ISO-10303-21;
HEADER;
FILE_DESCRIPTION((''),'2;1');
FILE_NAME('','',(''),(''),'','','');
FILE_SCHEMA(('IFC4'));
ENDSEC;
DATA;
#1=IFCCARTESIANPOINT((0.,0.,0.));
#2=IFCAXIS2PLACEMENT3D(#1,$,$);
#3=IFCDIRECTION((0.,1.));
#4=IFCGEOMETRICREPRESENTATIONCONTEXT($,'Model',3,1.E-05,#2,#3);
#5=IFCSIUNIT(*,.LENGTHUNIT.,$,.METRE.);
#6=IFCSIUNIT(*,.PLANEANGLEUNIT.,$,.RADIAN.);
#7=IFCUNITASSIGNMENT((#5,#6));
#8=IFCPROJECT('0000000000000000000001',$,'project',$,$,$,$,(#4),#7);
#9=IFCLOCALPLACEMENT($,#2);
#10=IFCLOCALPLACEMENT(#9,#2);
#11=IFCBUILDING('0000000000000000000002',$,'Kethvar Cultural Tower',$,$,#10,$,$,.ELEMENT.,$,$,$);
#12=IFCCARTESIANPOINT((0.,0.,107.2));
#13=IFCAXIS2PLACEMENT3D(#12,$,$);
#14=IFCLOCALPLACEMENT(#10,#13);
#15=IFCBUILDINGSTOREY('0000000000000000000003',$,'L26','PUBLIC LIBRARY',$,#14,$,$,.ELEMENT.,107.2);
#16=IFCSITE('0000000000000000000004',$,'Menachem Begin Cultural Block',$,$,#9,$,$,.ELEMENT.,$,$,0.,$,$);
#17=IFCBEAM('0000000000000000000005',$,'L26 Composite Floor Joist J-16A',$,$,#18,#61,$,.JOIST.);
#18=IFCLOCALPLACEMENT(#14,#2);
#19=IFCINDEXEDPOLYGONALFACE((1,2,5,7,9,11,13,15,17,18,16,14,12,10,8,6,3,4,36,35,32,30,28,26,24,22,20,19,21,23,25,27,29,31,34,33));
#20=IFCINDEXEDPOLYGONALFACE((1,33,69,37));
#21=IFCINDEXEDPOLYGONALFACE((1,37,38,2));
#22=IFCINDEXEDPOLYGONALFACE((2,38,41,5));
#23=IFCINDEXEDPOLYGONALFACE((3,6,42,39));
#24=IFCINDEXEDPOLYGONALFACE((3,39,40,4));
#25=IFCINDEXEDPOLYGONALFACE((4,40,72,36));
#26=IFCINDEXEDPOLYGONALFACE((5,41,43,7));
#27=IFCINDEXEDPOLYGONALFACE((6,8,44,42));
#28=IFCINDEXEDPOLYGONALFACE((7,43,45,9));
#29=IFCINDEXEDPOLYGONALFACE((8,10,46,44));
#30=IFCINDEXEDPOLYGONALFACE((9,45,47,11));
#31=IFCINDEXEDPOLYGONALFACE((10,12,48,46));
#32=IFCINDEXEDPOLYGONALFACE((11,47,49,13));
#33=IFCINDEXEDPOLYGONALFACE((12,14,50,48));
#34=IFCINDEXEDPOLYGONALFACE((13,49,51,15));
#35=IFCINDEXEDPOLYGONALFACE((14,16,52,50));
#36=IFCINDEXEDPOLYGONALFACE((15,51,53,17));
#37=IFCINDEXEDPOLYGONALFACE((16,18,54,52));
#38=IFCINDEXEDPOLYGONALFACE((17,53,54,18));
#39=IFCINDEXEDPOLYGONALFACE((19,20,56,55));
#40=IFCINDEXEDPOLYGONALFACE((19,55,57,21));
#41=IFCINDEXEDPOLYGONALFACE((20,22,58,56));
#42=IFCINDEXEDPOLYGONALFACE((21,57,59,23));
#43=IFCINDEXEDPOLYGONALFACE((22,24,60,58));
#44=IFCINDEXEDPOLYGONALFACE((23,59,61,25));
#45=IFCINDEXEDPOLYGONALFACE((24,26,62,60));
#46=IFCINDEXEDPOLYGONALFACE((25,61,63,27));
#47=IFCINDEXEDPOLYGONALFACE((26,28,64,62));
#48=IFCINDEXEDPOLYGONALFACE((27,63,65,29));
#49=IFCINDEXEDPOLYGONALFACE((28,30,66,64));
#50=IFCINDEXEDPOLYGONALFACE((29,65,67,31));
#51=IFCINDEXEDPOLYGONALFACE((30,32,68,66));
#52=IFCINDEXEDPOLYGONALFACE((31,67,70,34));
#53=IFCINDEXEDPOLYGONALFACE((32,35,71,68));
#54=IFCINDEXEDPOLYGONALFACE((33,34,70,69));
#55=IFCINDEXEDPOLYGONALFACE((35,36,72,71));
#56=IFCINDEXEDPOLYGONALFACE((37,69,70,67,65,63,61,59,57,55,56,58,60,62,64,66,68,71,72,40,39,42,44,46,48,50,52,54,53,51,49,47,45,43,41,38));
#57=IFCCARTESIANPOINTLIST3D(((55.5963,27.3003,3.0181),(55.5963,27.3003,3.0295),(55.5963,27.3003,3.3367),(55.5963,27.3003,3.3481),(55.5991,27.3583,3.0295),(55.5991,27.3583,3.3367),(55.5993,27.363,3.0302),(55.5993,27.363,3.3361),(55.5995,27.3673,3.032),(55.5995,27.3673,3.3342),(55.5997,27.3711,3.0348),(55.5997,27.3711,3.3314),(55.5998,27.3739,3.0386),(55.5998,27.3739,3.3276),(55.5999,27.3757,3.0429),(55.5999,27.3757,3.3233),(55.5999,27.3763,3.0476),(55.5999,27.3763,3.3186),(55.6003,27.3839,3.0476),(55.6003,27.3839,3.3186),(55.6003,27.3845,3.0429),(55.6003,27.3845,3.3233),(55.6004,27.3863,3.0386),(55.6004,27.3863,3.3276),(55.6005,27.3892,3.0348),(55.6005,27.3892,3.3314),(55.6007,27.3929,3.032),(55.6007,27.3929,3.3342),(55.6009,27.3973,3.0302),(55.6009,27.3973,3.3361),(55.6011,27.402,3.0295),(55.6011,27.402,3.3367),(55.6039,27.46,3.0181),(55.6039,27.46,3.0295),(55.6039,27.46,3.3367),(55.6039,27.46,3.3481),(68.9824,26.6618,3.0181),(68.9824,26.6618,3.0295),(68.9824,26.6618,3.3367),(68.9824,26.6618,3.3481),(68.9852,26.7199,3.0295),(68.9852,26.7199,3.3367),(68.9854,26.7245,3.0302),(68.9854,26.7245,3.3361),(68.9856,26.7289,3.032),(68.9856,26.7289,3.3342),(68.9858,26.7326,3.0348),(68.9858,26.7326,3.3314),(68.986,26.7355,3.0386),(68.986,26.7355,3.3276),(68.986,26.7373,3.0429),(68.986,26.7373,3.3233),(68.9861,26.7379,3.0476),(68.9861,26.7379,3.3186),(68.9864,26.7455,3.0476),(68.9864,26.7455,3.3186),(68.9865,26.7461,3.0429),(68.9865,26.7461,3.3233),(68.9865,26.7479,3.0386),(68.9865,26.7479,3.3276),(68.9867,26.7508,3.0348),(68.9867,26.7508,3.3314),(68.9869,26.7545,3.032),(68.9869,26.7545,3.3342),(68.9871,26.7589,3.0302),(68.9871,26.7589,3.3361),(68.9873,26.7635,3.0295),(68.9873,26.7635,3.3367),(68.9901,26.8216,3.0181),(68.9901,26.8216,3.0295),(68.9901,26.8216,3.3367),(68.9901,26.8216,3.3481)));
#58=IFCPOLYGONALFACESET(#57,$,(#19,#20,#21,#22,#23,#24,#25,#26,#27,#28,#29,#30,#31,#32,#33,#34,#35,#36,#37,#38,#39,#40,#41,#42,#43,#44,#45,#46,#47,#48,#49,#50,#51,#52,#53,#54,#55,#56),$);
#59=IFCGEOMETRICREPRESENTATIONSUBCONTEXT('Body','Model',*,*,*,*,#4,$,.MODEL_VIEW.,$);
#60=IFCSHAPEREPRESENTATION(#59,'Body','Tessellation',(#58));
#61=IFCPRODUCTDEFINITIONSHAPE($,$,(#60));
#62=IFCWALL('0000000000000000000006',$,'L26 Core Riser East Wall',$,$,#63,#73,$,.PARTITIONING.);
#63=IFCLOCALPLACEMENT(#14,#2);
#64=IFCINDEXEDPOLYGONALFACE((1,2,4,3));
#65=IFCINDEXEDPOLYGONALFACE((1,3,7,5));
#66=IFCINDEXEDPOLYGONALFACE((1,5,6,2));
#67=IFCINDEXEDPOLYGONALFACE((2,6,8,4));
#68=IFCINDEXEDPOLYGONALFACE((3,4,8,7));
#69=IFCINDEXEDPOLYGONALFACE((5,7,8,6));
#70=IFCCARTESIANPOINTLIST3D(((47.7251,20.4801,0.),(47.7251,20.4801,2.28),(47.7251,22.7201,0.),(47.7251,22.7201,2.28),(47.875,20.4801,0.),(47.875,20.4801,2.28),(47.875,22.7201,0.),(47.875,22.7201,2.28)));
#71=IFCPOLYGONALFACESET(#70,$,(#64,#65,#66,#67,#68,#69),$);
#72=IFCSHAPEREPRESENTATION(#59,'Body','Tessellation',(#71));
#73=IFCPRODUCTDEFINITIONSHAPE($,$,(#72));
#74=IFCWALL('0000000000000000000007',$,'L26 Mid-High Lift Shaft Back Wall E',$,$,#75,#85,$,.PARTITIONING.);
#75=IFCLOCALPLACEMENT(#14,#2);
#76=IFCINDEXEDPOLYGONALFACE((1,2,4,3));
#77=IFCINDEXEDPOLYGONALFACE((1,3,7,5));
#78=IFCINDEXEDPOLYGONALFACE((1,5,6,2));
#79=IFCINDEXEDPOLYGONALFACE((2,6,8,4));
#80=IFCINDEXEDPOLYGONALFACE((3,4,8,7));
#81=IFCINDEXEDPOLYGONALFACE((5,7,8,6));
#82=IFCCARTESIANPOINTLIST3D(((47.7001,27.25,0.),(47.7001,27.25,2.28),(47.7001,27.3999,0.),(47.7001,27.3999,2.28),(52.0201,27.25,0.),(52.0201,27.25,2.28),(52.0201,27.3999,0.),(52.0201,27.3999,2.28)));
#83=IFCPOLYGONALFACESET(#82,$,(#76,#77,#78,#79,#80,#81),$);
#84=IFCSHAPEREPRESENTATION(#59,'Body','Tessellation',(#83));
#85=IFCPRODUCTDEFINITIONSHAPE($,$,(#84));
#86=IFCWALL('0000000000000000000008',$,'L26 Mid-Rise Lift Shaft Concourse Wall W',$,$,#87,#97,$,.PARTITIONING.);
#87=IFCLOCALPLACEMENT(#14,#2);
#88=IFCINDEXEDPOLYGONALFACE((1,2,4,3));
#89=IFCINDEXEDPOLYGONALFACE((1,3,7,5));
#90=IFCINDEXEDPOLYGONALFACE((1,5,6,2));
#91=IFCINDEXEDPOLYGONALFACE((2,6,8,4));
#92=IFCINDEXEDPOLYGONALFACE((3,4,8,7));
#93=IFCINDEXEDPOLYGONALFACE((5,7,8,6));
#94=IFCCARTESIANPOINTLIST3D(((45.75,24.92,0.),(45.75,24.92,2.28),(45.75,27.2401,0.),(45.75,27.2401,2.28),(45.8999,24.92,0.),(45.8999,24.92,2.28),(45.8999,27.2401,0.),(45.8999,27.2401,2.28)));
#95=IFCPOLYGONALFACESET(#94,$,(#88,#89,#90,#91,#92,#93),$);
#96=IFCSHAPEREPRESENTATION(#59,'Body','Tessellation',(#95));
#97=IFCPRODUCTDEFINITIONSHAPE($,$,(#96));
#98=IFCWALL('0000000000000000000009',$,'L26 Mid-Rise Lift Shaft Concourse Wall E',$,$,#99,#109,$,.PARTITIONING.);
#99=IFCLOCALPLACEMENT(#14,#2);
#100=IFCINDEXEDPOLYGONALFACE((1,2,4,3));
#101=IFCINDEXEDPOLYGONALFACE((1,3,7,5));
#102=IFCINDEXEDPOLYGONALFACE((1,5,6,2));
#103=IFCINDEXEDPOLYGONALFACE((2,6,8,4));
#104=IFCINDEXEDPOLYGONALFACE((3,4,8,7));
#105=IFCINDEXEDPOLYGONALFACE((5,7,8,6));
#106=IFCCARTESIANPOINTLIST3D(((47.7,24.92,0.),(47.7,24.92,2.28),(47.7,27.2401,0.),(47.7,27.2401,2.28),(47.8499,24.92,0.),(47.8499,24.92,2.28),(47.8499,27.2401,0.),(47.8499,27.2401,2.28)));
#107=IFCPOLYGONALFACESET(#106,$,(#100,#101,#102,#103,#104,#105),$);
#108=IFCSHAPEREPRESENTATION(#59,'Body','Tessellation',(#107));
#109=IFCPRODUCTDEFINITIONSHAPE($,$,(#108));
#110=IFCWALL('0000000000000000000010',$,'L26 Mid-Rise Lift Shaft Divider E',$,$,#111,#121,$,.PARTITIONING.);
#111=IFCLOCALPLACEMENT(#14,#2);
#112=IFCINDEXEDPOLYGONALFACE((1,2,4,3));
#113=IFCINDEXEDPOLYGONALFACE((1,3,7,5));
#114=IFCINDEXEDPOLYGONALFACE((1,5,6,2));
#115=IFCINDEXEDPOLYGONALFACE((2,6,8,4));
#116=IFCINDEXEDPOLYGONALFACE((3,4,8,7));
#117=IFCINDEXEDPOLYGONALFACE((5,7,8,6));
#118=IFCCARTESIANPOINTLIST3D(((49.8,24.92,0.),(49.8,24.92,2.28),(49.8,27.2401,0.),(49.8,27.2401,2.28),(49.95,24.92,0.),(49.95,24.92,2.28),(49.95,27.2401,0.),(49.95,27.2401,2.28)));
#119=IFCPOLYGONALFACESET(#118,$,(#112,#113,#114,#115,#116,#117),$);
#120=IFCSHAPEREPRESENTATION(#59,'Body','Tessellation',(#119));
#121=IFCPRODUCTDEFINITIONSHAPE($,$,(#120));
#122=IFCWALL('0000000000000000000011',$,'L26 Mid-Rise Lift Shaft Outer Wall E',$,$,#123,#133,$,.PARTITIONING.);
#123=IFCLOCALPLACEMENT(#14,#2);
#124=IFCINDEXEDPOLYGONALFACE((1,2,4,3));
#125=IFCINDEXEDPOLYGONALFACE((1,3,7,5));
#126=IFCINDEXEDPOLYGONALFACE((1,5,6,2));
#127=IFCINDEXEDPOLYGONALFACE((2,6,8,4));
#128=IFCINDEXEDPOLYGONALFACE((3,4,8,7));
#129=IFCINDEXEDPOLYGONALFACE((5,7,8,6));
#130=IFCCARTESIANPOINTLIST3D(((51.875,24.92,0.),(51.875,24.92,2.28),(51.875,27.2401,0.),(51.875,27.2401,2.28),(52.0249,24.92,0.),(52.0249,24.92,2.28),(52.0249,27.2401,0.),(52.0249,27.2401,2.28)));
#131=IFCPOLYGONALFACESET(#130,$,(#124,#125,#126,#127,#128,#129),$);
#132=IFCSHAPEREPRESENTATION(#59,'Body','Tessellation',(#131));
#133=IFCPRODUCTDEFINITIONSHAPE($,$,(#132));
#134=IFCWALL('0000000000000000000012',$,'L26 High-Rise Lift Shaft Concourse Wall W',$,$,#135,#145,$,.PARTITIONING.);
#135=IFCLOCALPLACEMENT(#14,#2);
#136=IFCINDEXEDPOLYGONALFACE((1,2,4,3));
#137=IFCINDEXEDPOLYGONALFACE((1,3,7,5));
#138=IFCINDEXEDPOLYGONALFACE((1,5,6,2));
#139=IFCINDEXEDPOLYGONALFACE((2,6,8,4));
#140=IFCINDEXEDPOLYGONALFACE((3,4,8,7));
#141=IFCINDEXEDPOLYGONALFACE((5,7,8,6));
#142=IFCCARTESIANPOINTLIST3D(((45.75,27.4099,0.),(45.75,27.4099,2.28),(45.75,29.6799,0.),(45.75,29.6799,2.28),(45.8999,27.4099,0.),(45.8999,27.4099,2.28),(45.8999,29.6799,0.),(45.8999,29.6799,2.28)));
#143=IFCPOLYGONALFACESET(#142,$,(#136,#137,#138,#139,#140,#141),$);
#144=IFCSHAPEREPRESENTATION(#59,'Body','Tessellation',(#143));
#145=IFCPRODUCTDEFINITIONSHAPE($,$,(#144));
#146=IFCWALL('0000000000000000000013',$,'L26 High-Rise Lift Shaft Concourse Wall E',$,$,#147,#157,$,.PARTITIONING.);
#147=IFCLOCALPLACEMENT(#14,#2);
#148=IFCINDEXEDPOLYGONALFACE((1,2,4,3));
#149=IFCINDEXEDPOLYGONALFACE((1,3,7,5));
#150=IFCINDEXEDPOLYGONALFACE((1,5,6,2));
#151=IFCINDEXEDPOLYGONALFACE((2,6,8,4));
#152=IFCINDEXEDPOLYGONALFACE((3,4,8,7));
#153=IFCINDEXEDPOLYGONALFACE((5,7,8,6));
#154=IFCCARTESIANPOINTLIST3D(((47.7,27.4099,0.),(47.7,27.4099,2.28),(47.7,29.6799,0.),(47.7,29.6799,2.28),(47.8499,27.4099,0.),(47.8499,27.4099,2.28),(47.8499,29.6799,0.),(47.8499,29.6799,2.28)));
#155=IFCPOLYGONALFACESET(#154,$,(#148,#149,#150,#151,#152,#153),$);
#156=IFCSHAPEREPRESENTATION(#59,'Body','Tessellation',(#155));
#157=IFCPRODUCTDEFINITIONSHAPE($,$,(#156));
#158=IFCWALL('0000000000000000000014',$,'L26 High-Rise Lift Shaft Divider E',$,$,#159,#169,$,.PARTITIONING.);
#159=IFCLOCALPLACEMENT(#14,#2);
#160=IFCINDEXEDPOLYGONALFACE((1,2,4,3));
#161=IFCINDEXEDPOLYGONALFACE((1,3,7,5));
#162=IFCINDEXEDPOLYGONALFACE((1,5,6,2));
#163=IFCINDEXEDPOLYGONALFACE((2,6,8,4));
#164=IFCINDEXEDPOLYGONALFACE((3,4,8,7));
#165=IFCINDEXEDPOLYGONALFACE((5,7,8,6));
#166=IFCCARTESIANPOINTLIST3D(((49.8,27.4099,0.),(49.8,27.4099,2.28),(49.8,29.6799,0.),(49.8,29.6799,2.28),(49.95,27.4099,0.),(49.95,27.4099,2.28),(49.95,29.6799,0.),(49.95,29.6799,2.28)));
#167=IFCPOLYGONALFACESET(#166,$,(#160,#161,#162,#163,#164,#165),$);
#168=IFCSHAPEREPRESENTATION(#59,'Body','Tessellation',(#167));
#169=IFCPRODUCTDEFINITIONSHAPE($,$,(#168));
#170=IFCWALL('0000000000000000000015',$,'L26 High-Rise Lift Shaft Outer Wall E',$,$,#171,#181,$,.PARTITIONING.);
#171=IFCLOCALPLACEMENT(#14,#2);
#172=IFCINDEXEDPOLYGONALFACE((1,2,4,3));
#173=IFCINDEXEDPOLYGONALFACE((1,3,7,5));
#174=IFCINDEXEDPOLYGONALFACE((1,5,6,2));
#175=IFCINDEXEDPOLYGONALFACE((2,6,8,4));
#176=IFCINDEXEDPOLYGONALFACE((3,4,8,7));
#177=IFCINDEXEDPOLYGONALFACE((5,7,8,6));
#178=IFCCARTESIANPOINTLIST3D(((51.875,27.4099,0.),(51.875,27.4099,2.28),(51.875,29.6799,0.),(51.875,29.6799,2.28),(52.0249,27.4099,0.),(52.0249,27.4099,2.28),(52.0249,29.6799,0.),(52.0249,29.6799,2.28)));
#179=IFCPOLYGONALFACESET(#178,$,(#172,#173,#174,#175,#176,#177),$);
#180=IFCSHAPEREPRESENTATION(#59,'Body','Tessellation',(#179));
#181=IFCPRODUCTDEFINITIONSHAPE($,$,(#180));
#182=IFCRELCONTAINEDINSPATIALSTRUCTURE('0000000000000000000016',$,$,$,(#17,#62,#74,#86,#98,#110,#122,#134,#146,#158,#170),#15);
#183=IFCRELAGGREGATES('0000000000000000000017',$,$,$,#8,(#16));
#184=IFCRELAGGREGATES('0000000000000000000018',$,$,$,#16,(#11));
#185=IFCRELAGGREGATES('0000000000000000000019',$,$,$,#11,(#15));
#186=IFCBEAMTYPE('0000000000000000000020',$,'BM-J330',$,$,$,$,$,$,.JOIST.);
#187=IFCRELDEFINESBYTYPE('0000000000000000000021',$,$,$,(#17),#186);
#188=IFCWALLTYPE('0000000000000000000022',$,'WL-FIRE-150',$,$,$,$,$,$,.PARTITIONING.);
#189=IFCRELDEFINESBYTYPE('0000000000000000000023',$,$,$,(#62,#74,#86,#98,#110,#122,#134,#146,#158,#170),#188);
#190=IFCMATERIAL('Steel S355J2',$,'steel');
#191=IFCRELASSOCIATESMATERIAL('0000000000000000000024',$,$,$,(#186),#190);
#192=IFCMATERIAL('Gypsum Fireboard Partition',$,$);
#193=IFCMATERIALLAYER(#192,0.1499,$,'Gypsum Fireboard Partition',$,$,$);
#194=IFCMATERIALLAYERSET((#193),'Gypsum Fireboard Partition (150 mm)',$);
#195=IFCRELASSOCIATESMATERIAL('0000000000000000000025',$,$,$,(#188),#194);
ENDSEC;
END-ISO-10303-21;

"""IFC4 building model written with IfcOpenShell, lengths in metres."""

from ifc_helpers import new_model, si_unit, direction, frame, frame_2d, origin, origin_2d, place, context, subcontext, project, spatial, rectangle, i_section, extrude, source, transform, mapped, material, layer, layer_set, material_profile, profile_set, type_object, element, save


model = new_model("IFC4")

# Units and contexts
model_context = context("Model", 3, precision=1e-05, world=origin(), true_north=direction((0.0, 1.0)))
body_context = subcontext(model_context, "Body", "Model", "MODEL_VIEW")
ifc_project = project(units=[si_unit("LENGTHUNIT", "METRE"), si_unit("PLANEANGLEUNIT", "RADIAN")], contexts=[model_context])

# Site, building, storey
site_placement = place(None, origin())
site = spatial("IfcSite", under=ifc_project, at=site_placement, Name="Menachem Begin Cultural Block", CompositionType="ELEMENT", RefElevation=0.0)
building_placement = place(site_placement, origin())
building = spatial("IfcBuilding", under=site, at=building_placement, Name="Kethvar Cultural Tower", CompositionType="ELEMENT")
storey_placement = place(building_placement, frame((0.0, 0.0, 107.2)))
storey = spatial("IfcBuildingStorey", under=building, at=storey_placement, Name="L26", Description="PUBLIC LIBRARY", CompositionType="ELEMENT", Elevation=107.2)

# Beam
ifc_material_1 = material(Name="Steel S355J2", Category="steel")
ifc_material_profile_1 = material_profile(ifc_material_1, i_section(OverallWidth=0.1599, OverallDepth=0.3301, WebThickness=0.0076, FlangeThickness=0.0115, FilletRadius=0.0181, at=origin_2d()), Name="Steel S355J2 — IPE330")
ifc_profile_set_1 = profile_set([ifc_material_profile_1], Name="Steel S355J2 — IPE330")
beam_type_1 = type_object("IfcBeamType", Name="BM-J330", PredefinedType="JOIST", material=ifc_profile_set_1)
shared_shape_1 = source(origin(), body_context, "Body", "SweptSolid", [
    extrude(i_section(OverallWidth=0.1599, OverallDepth=0.3301, WebThickness=0.0076, FlangeThickness=0.0115, FilletRadius=0.0181, at=origin_2d()), origin(), (0.0, 0.0, 1.0), 13.4014),
])
beam_1_placement = place(storey_placement, frame((55.6001, 27.3801, 3.1831), z_axis=(0.998865, -0.047639, 0.0), x_axis=(0.047639, 0.998865, 0.0)))
element("IfcBeam", 1, at=beam_1_placement, inside=storey, type_object=beam_type_1, Name="L26 Composite Floor Joist J-16A", PredefinedType="JOIST", context=body_context, shape_type="MappedRepresentation", body=[
    mapped(shared_shape_1, transform((0.0, 0.0, 0.0), scale=1.0)),
])

# Walls
ifc_material_2 = material(Name="Gypsum Fireboard Partition")
ifc_layer_1 = layer(ifc_material_2, 0.1499, Name="Gypsum Fireboard Partition")
ifc_layer_set_1 = layer_set([ifc_layer_1], Name="Gypsum Fireboard Partition (150 mm)")
wall_type_1 = type_object("IfcWallType", Name="WL-FIRE-150", PredefinedType="PARTITIONING", material=ifc_layer_set_1)
wall_1_placement = place(storey_placement, frame((47.8, 20.48, 0.0), z_axis=(0.0, 0.0, 1.0), x_axis=(0.0, 1.0, 0.0)))
element("IfcWall", 2, at=wall_1_placement, inside=storey, type_object=wall_type_1, Name="L26 Core Riser East Wall", PredefinedType="PARTITIONING", context=body_context, shape_type="SweptSolid", body=[
    extrude(rectangle(XDim=2.24, YDim=0.1499, at=frame_2d((1.1201, 0.0))), origin(), (0.0, 0.0, 1.0), 2.28),
])
wall_2_placement = place(storey_placement, frame((47.7, 27.325, 0.0), z_axis=(0.0, 0.0, 1.0), x_axis=(1.0, 0.0, 0.0)))
element("IfcWall", 3, at=wall_2_placement, inside=storey, type_object=wall_type_1, Name="L26 Mid-High Lift Shaft Back Wall E", PredefinedType="PARTITIONING", context=body_context, shape_type="SweptSolid", body=[
    extrude(rectangle(XDim=4.3201, YDim=0.1499, at=frame_2d((2.1602, 0.0))), origin(), (0.0, 0.0, 1.0), 2.28),
])
for number, where, z_axis, x_axis, name in (
    (4, (45.825, 24.9199, 0.0), (0.0, 0.0, 1.0), (0.0, 1.0, 0.0), "L26 Mid-Rise Lift Shaft Concourse Wall W"),
    (5, (47.7749, 24.9199, 0.0), (0.0, 0.0, 1.0), (0.0, 1.0, 0.0), "L26 Mid-Rise Lift Shaft Concourse Wall E"),
    (6, (49.875, 24.9199, 0.0), (0.0, 0.0, 1.0), (0.0, 1.0, 0.0), "L26 Mid-Rise Lift Shaft Divider E"),
    (7, (51.95, 24.9199, 0.0), (0.0, 0.0, 1.0), (0.0, 1.0, 0.0), "L26 Mid-Rise Lift Shaft Outer Wall E"),
):
    element("IfcWall", number, at=place(storey_placement, frame(where, z_axis=z_axis, x_axis=x_axis)), inside=storey, type_object=wall_type_1, Name=name, PredefinedType="PARTITIONING", context=body_context, shape_type="SweptSolid", body=[
        extrude(rectangle(XDim=2.3201, YDim=0.1499, at=frame_2d((1.1602, 0.0))), origin(), (0.0, 0.0, 1.0), 2.28),
    ])
for number, where, z_axis, x_axis, name in (
    (8, (45.825, 27.4099, 0.0), (0.0, 0.0, 1.0), (0.0, 1.0, 0.0), "L26 High-Rise Lift Shaft Concourse Wall W"),
    (9, (47.7749, 27.4099, 0.0), (0.0, 0.0, 1.0), (0.0, 1.0, 0.0), "L26 High-Rise Lift Shaft Concourse Wall E"),
    (10, (49.875, 27.4099, 0.0), (0.0, 0.0, 1.0), (0.0, 1.0, 0.0), "L26 High-Rise Lift Shaft Divider E"),
    (11, (51.95, 27.4099, 0.0), (0.0, 0.0, 1.0), (0.0, 1.0, 0.0), "L26 High-Rise Lift Shaft Outer Wall E"),
):
    element("IfcWall", number, at=place(storey_placement, frame(where, z_axis=z_axis, x_axis=x_axis)), inside=storey, type_object=wall_type_1, Name=name, PredefinedType="PARTITIONING", context=body_context, shape_type="SweptSolid", body=[
        extrude(rectangle(XDim=2.27, YDim=0.1499, at=frame_2d((1.135, 0.0))), origin(), (0.0, 0.0, 1.0), 2.28),
    ])

save(model, "model.ifc")
